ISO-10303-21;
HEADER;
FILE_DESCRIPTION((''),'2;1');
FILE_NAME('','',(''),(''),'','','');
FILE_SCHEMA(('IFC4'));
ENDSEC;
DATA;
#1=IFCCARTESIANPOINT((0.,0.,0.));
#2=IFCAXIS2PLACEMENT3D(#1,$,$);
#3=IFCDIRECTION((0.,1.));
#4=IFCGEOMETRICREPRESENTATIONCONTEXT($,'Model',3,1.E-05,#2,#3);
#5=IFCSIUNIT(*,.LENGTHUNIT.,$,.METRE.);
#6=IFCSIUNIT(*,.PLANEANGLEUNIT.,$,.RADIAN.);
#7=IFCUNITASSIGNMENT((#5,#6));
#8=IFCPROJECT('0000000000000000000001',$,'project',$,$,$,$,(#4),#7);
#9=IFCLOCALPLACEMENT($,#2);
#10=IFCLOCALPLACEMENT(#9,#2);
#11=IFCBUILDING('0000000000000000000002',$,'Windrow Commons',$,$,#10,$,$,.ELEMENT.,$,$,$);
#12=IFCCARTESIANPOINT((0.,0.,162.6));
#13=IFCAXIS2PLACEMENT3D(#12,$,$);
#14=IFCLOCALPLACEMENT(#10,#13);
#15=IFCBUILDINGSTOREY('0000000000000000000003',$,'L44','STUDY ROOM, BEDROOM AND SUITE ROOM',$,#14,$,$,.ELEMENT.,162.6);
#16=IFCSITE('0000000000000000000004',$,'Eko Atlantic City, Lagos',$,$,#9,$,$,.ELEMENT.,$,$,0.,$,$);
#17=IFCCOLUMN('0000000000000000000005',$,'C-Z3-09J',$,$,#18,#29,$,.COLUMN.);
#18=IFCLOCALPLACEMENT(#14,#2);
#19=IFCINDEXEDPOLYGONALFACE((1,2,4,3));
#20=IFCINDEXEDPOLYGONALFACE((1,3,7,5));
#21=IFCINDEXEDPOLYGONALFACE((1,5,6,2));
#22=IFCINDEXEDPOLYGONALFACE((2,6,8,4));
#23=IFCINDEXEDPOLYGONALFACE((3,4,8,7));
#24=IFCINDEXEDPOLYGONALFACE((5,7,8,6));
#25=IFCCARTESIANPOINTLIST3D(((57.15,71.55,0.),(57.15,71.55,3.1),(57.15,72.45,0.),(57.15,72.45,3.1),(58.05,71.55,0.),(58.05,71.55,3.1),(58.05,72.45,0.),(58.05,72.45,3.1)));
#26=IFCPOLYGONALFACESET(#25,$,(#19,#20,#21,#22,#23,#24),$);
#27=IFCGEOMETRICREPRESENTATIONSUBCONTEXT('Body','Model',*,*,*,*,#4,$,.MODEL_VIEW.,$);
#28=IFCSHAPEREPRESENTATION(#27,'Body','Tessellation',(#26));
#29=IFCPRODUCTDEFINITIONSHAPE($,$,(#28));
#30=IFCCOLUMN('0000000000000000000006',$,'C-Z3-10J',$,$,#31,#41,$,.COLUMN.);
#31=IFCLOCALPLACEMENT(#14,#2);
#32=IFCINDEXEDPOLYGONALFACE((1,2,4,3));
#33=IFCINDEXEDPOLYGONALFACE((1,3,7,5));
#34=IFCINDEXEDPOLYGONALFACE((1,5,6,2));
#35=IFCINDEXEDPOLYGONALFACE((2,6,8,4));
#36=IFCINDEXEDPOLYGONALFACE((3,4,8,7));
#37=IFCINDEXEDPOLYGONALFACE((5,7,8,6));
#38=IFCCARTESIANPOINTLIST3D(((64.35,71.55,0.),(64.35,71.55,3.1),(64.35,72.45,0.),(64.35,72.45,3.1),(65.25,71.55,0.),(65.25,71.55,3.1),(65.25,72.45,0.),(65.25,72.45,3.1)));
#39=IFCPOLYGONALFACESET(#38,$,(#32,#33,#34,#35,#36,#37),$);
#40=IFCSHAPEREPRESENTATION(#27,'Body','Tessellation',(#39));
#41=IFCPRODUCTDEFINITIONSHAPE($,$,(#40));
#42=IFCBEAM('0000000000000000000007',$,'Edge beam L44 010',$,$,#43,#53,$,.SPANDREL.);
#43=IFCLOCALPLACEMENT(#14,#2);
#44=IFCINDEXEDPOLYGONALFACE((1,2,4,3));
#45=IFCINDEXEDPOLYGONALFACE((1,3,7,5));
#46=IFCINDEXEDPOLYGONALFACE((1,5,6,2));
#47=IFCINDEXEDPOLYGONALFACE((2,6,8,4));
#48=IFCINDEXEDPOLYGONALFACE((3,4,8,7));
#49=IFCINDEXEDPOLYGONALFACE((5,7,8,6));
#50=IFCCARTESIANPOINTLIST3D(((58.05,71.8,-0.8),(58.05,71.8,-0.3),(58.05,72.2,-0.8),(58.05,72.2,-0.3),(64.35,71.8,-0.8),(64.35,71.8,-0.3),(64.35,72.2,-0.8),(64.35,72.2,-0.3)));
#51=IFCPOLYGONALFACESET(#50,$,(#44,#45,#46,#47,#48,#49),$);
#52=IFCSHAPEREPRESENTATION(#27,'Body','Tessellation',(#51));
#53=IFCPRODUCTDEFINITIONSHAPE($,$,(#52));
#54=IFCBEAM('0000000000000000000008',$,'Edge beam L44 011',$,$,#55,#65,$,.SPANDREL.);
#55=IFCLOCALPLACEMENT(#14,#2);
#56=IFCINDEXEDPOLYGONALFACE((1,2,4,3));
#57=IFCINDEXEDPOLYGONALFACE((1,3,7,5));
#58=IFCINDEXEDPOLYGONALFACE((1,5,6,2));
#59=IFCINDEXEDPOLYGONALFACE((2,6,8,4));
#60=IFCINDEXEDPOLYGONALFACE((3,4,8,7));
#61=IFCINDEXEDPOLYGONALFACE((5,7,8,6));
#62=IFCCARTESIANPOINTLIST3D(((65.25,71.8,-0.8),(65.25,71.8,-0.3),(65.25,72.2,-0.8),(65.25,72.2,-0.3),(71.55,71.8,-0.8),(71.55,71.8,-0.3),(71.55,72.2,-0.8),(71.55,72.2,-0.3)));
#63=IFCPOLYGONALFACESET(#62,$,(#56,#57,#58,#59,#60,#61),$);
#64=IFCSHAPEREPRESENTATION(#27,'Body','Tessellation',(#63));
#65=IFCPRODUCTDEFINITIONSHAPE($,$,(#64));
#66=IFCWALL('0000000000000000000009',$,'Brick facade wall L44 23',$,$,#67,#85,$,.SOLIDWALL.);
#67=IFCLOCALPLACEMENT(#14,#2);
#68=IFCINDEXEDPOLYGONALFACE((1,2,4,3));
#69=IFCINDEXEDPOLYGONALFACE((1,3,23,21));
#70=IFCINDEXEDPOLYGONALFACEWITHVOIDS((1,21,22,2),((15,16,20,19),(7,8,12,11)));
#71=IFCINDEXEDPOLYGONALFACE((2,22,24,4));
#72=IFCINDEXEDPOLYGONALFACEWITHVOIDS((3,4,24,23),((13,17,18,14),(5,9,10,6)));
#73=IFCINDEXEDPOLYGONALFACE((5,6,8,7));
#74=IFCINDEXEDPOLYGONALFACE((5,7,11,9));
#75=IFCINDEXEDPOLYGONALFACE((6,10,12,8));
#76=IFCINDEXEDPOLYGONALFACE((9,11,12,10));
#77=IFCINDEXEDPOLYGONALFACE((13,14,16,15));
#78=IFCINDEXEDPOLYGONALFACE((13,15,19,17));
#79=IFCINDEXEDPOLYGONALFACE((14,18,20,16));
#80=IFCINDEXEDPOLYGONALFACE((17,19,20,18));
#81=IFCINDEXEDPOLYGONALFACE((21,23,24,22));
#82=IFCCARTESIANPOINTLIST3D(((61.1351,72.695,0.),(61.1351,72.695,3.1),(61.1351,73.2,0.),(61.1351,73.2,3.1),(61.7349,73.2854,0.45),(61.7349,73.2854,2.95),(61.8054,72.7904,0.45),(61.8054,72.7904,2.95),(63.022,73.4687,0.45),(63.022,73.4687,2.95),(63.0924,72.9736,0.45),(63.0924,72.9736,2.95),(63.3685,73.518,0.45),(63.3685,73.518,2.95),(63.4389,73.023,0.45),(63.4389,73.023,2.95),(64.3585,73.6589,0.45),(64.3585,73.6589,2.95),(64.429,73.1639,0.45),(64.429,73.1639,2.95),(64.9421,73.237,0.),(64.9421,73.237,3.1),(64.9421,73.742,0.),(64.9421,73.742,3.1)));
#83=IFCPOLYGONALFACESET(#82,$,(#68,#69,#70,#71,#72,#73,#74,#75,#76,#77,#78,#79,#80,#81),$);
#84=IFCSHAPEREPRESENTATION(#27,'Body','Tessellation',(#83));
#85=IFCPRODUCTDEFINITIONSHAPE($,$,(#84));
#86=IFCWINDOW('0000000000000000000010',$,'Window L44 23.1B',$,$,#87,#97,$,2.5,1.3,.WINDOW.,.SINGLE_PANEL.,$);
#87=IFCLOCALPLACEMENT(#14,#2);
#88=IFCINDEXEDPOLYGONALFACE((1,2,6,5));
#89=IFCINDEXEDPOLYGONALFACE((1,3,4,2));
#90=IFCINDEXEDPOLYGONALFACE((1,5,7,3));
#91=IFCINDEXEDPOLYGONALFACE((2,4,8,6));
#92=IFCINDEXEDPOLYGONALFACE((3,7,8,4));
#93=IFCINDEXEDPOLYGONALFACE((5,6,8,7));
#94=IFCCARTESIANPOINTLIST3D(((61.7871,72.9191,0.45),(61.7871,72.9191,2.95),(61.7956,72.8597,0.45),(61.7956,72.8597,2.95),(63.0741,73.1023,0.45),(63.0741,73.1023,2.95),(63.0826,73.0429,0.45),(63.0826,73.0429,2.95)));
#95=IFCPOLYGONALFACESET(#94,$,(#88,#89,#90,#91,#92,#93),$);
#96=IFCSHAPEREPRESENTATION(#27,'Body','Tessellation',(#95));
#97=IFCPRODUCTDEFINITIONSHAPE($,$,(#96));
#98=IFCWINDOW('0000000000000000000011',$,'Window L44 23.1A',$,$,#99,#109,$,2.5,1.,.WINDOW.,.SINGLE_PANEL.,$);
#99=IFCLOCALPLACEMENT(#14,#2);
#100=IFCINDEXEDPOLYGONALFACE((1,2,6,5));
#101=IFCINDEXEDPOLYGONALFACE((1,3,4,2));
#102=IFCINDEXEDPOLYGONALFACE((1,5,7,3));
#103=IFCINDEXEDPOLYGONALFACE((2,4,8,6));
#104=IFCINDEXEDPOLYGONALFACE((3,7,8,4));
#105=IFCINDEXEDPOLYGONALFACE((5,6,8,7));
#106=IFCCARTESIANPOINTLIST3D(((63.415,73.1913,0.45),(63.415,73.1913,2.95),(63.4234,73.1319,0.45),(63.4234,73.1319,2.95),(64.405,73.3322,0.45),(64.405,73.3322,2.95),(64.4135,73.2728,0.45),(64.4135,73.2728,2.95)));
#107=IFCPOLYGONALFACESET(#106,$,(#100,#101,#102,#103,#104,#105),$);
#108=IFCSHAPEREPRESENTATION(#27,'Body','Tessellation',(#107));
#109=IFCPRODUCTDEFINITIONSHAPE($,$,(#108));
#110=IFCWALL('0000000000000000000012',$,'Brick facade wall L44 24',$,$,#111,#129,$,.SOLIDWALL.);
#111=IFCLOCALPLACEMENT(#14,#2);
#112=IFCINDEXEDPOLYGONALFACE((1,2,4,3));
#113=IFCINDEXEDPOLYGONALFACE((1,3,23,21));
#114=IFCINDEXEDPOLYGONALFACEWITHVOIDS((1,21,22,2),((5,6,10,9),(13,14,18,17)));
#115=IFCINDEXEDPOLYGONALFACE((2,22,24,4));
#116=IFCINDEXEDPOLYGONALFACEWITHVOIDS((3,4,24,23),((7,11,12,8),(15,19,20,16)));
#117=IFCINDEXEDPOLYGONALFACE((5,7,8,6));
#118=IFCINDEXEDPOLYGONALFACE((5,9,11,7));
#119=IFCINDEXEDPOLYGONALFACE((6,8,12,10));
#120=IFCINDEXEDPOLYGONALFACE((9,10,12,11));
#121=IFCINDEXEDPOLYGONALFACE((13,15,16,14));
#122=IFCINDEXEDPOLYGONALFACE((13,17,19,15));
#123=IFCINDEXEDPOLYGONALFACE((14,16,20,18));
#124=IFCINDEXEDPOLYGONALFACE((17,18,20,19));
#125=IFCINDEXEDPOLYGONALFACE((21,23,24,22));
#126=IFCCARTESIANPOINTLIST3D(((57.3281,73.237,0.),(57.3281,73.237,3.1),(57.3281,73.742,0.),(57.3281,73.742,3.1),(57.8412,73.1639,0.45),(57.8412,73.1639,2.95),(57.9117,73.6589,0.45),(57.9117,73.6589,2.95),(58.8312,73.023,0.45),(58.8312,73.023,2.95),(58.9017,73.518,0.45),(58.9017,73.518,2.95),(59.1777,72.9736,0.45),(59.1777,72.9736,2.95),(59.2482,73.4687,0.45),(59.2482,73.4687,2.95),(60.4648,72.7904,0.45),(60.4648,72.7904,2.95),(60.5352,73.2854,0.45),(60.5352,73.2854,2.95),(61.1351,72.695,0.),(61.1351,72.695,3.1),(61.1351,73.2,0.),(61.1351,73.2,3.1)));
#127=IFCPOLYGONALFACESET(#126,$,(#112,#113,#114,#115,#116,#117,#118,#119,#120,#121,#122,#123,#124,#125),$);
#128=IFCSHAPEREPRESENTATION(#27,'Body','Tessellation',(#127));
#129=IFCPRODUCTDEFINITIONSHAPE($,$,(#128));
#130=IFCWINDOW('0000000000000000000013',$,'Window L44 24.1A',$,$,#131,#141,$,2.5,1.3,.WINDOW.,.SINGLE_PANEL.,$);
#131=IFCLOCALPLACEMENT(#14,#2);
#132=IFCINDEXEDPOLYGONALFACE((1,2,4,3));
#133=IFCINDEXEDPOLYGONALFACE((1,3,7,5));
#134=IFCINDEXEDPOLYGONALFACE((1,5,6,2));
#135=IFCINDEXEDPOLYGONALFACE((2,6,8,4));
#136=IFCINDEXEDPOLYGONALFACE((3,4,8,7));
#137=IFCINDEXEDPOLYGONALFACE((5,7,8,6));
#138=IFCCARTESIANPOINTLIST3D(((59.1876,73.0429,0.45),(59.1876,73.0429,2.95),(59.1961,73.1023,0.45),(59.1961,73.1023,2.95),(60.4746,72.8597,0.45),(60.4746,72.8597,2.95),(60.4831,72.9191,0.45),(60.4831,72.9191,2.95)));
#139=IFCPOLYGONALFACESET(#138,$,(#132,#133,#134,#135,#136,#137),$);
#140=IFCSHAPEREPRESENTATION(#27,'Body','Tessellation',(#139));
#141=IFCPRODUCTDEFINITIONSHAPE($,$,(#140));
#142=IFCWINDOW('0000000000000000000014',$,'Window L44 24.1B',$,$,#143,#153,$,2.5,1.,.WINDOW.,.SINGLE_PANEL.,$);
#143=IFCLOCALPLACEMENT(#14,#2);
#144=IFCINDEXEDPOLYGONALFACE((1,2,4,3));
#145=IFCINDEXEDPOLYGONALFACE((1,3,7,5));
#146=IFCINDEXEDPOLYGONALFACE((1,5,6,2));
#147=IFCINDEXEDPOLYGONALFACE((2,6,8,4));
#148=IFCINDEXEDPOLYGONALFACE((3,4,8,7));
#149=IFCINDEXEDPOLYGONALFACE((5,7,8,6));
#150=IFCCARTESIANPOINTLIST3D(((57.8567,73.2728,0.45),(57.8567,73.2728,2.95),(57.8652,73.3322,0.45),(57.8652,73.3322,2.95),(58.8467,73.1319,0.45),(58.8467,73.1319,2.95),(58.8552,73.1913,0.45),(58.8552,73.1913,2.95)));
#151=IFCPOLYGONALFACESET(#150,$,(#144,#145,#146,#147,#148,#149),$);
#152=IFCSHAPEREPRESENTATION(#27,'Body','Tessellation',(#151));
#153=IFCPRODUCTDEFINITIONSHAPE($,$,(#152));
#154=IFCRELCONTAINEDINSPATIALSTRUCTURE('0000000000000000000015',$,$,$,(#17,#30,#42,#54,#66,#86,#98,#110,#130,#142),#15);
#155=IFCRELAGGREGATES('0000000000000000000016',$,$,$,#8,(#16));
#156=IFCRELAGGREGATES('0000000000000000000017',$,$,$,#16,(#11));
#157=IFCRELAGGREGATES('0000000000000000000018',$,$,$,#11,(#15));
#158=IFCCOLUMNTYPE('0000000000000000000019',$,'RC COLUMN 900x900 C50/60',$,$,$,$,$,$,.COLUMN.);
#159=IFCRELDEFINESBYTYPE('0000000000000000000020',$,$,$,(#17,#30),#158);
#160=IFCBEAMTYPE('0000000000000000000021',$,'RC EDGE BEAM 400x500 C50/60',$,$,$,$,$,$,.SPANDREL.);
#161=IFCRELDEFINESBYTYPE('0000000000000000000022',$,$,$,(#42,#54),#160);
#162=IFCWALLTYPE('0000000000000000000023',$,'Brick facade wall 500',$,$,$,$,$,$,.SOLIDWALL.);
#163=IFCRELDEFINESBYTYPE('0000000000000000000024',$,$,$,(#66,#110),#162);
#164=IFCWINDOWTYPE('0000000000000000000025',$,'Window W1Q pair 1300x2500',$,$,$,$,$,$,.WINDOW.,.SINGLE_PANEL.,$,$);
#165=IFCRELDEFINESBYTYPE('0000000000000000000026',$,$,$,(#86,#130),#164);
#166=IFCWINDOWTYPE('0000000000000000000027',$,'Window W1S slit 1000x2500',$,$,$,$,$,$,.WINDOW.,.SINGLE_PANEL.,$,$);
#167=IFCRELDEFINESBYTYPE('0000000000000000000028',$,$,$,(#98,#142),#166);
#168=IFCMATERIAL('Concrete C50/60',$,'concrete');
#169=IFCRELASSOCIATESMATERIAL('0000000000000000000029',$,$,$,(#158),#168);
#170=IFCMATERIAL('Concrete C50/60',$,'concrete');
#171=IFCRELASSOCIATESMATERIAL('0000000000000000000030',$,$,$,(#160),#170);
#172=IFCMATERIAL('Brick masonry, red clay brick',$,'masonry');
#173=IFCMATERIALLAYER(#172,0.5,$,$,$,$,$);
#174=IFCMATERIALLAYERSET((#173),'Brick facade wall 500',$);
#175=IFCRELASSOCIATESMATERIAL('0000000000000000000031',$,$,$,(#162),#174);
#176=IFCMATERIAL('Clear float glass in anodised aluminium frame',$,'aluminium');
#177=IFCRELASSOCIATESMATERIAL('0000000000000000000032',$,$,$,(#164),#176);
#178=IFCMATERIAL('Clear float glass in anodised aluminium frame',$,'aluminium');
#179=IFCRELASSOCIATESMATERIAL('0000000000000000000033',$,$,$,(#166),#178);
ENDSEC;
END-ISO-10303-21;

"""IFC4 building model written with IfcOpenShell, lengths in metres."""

from ifc_helpers import new_model, si_unit, direction, frame, frame_2d, origin, origin_2d, place, context, subcontext, project, spatial, polyline, rectangle, outline, extrude, material, layer, layer_set, material_profile, profile_set, type_object, element, fill, save


model = new_model("IFC4")

# Units and contexts
model_context = context("Model", 3, precision=1e-05, world=origin(), true_north=direction((0.0, 1.0)))
body_context = subcontext(model_context, "Body", "Model", "MODEL_VIEW")
ifc_project = project(units=[si_unit("LENGTHUNIT", "METRE"), si_unit("PLANEANGLEUNIT", "RADIAN")], contexts=[model_context])

# Site, building, storey
site_placement = place(None, origin())
site = spatial("IfcSite", under=ifc_project, at=site_placement, Name="Eko Atlantic City, Lagos", CompositionType="ELEMENT", RefElevation=0.0)
building_placement = place(site_placement, origin())
building = spatial("IfcBuilding", under=site, at=building_placement, Name="Windrow Commons", CompositionType="ELEMENT")
storey_placement = place(building_placement, frame((0.0, 0.0, 162.6)))
storey = spatial("IfcBuildingStorey", under=building, at=storey_placement, Name="L44", Description="STUDY ROOM, BEDROOM AND SUITE ROOM", CompositionType="ELEMENT", Elevation=162.6)

# Columns
ifc_material_1 = material(Name="Concrete C50/60", Category="concrete")
ifc_material_profile_1 = material_profile(ifc_material_1, rectangle(XDim=0.9, YDim=0.9, at=origin_2d()))
ifc_profile_set_1 = profile_set([ifc_material_profile_1], Name="Concrete C50/60")
column_type = type_object("IfcColumnType", Name="RC COLUMN 900x900 C50/60", PredefinedType="COLUMN", material=ifc_profile_set_1)
for number, where, z_axis, x_axis, name in (
    (1, (57.6, 72.0, 0.0), (0.0, 0.0, 1.0), (1.0, 0.0, 0.0), "C-Z3-09J"),
    (2, (64.8, 72.0, 0.0), (0.0, 0.0, 1.0), (1.0, 0.0, 0.0), "C-Z3-10J"),
):
    element("IfcColumn", number, at=place(storey_placement, frame(where, z_axis=z_axis, x_axis=x_axis)), inside=storey, type_object=column_type, Name=name, PredefinedType="COLUMN", context=body_context, shape_type="SweptSolid", body=[
        extrude(rectangle(XDim=0.9, YDim=0.9, at=origin_2d()), origin(), (0.0, 0.0, 1.0), 3.1),
    ])

# Beams
ifc_material_2 = material(Name="Concrete C50/60", Category="concrete")
ifc_material_profile_2 = material_profile(ifc_material_2, rectangle(XDim=0.4, YDim=0.5, at=origin_2d()))
ifc_profile_set_2 = profile_set([ifc_material_profile_2], Name="Concrete C50/60")
beam_type = type_object("IfcBeamType", Name="RC EDGE BEAM 400x500 C50/60", PredefinedType="SPANDREL", material=ifc_profile_set_2)
for number, where, z_axis, x_axis, name in (
    (3, (58.05, 72.0, -0.55), (1.0, 0.0, 0.0), (0.0, 1.0, 0.0), "Edge beam L44 010"),
    (4, (65.25, 72.0, -0.55), (1.0, 0.0, 0.0), (0.0, 1.0, 0.0), "Edge beam L44 011"),
):
    element("IfcBeam", number, at=place(storey_placement, frame(where, z_axis=z_axis, x_axis=x_axis)), inside=storey, type_object=beam_type, Name=name, PredefinedType="SPANDREL", context=body_context, shape_type="SweptSolid", body=[
        extrude(rectangle(XDim=0.4, YDim=0.5, at=origin_2d()), origin(), (0.0, 0.0, 1.0), 6.3),
    ])

# Walls, openings, windows
ifc_material_3 = material(Name="Brick masonry, red clay brick", Category="masonry")
ifc_layer_1 = layer(ifc_material_3, 0.5)
ifc_layer_set_1 = layer_set([ifc_layer_1], Name="Brick facade wall 500")
wall_type_1 = type_object("IfcWallType", Name="Brick facade wall 500", PredefinedType="SOLIDWALL", material=ifc_layer_set_1)
wall_1_placement = place(storey_placement, frame((64.9421, 73.4895, 0.0), z_axis=(0.0, 0.0, 1.0), x_axis=(-0.990017, -0.140948, 0.0)))
wall_1 = element("IfcWall", 5, at=wall_1_placement, inside=storey, type_object=wall_type_1, Name="Brick facade wall L44 23", PredefinedType="SOLIDWALL", context=body_context, shape_type="SweptSolid", body=[
    extrude(outline(polyline([(-0.0356, -0.25), (3.8098, -0.25), (3.881, 0.25), (0.0356, 0.25), (-0.0356, -0.25)])), origin(), (0.0, 0.0, 1.0), 3.1),
])
opening_1_placement = place(wall_1_placement, frame((0.5539, 0.0, 0.45)))
opening_1 = element("IfcOpeningElement", 6, at=opening_1_placement, cuts=wall_1, PredefinedType="OPENING", context=body_context, shape_type="SweptSolid", body=[
    extrude(rectangle(XDim=1.0, YDim=2.5, at=frame_2d((0.5, 1.25))), frame((0.0, 0.26, 0.0), z_axis=(0.0, -1.0, 0.0), x_axis=(1.0, 0.0, 0.0)), (0.0, 0.0, 1.0), 0.52),
])
opening_2_placement = place(wall_1_placement, frame((1.9039, 0.0, 0.45)))
opening_2 = element("IfcOpeningElement", 7, at=opening_2_placement, cuts=wall_1, PredefinedType="OPENING", context=body_context, shape_type="SweptSolid", body=[
    extrude(rectangle(XDim=1.3, YDim=2.5, at=frame_2d((0.65, 1.25))), frame((0.0, 0.26, 0.0), z_axis=(0.0, -1.0, 0.0), x_axis=(1.0, 0.0, 0.0)), (0.0, 0.0, 1.0), 0.52),
])
ifc_material_4 = material(Name="Clear float glass in anodised aluminium frame", Category="aluminium")
window_type_1 = type_object("IfcWindowType", Name="Window W1Q pair 1300x2500", PartitioningType="SINGLE_PANEL", PredefinedType="WINDOW", material=ifc_material_4)
window_1_placement = place(opening_2_placement, origin())
window_1 = element("IfcWindow", 8, at=window_1_placement, inside=storey, type_object=window_type_1, Name="Window L44 23.1B", OverallHeight=2.5, OverallWidth=1.3, PartitioningType="SINGLE_PANEL", PredefinedType="WINDOW", context=body_context, shape_type="SweptSolid", body=[
    extrude(rectangle(XDim=1.3, YDim=2.5, at=frame_2d((0.65, 1.25))), frame((0.0, 0.18, 0.0), z_axis=(0.0, -1.0, 0.0), x_axis=(1.0, 0.0, 0.0)), (0.0, 0.0, 1.0), 0.06),
])
fill(opening_2, window_1)
ifc_material_5 = material(Name="Clear float glass in anodised aluminium frame", Category="aluminium")
window_type_2 = type_object("IfcWindowType", Name="Window W1S slit 1000x2500", PartitioningType="SINGLE_PANEL", PredefinedType="WINDOW", material=ifc_material_5)
window_2_placement = place(opening_1_placement, origin())
window_2 = element("IfcWindow", 9, at=window_2_placement, inside=storey, type_object=window_type_2, Name="Window L44 23.1A", OverallHeight=2.5, OverallWidth=1.0, PartitioningType="SINGLE_PANEL", PredefinedType="WINDOW", context=body_context, shape_type="SweptSolid", body=[
    extrude(rectangle(XDim=1.0, YDim=2.5, at=frame_2d((0.5, 1.25))), frame((0.0, 0.14, 0.0), z_axis=(0.0, -1.0, 0.0), x_axis=(1.0, 0.0, 0.0)), (0.0, 0.0, 1.0), 0.06),
])
fill(opening_1, window_2)
wall_2_placement = place(storey_placement, frame((61.1351, 72.9475, 0.0), z_axis=(0.0, 0.0, 1.0), x_axis=(-0.990017, 0.140948, 0.0)))
wall_2 = element("IfcWall", 10, at=wall_2_placement, inside=storey, type_object=wall_type_1, Name="Brick facade wall L44 24", PredefinedType="SOLIDWALL", context=body_context, shape_type="SweptSolid", body=[
    extrude(outline(polyline([(0.0356, -0.25), (3.881, -0.25), (3.8098, 0.25), (-0.0356, 0.25), (0.0356, -0.25)])), origin(), (0.0, 0.0, 1.0), 3.1),
])
opening_3_placement = place(wall_2_placement, frame((0.6415, 0.0, 0.45)))
opening_3 = element("IfcOpeningElement", 11, at=opening_3_placement, cuts=wall_2, PredefinedType="OPENING", context=body_context, shape_type="SweptSolid", body=[
    extrude(rectangle(XDim=1.3, YDim=2.5, at=frame_2d((0.65, 1.25))), frame((0.0, 0.26, 0.0), z_axis=(0.0, -1.0, 0.0), x_axis=(1.0, 0.0, 0.0)), (0.0, 0.0, 1.0), 0.52),
])
opening_4_placement = place(wall_2_placement, frame((2.2915, 0.0, 0.45)))
opening_4 = element("IfcOpeningElement", 12, at=opening_4_placement, cuts=wall_2, PredefinedType="OPENING", context=body_context, shape_type="SweptSolid", body=[
    extrude(rectangle(XDim=1.0, YDim=2.5, at=frame_2d((0.5, 1.25))), frame((0.0, 0.26, 0.0), z_axis=(0.0, -1.0, 0.0), x_axis=(1.0, 0.0, 0.0)), (0.0, 0.0, 1.0), 0.52),
])
window_3_placement = place(opening_3_placement, origin())
window_3 = element("IfcWindow", 13, at=window_3_placement, inside=storey, type_object=window_type_1, Name="Window L44 24.1A", OverallHeight=2.5, OverallWidth=1.3, PartitioningType="SINGLE_PANEL", PredefinedType="WINDOW", context=body_context, shape_type="SweptSolid", body=[
    extrude(rectangle(XDim=1.3, YDim=2.5, at=frame_2d((0.65, 1.25))), frame((0.0, 0.18, 0.0), z_axis=(0.0, -1.0, 0.0), x_axis=(1.0, 0.0, 0.0)), (0.0, 0.0, 1.0), 0.06),
])
fill(opening_3, window_3)
window_4_placement = place(opening_4_placement, origin())
window_4 = element("IfcWindow", 14, at=window_4_placement, inside=storey, type_object=window_type_2, Name="Window L44 24.1B", OverallHeight=2.5, OverallWidth=1.0, PartitioningType="SINGLE_PANEL", PredefinedType="WINDOW", context=body_context, shape_type="SweptSolid", body=[
    extrude(rectangle(XDim=1.0, YDim=2.5, at=frame_2d((0.5, 1.25))), frame((0.0, 0.14, 0.0), z_axis=(0.0, -1.0, 0.0), x_axis=(1.0, 0.0, 0.0)), (0.0, 0.0, 1.0), 0.06),
])
fill(opening_4, window_4)

save(model, "model.ifc")
